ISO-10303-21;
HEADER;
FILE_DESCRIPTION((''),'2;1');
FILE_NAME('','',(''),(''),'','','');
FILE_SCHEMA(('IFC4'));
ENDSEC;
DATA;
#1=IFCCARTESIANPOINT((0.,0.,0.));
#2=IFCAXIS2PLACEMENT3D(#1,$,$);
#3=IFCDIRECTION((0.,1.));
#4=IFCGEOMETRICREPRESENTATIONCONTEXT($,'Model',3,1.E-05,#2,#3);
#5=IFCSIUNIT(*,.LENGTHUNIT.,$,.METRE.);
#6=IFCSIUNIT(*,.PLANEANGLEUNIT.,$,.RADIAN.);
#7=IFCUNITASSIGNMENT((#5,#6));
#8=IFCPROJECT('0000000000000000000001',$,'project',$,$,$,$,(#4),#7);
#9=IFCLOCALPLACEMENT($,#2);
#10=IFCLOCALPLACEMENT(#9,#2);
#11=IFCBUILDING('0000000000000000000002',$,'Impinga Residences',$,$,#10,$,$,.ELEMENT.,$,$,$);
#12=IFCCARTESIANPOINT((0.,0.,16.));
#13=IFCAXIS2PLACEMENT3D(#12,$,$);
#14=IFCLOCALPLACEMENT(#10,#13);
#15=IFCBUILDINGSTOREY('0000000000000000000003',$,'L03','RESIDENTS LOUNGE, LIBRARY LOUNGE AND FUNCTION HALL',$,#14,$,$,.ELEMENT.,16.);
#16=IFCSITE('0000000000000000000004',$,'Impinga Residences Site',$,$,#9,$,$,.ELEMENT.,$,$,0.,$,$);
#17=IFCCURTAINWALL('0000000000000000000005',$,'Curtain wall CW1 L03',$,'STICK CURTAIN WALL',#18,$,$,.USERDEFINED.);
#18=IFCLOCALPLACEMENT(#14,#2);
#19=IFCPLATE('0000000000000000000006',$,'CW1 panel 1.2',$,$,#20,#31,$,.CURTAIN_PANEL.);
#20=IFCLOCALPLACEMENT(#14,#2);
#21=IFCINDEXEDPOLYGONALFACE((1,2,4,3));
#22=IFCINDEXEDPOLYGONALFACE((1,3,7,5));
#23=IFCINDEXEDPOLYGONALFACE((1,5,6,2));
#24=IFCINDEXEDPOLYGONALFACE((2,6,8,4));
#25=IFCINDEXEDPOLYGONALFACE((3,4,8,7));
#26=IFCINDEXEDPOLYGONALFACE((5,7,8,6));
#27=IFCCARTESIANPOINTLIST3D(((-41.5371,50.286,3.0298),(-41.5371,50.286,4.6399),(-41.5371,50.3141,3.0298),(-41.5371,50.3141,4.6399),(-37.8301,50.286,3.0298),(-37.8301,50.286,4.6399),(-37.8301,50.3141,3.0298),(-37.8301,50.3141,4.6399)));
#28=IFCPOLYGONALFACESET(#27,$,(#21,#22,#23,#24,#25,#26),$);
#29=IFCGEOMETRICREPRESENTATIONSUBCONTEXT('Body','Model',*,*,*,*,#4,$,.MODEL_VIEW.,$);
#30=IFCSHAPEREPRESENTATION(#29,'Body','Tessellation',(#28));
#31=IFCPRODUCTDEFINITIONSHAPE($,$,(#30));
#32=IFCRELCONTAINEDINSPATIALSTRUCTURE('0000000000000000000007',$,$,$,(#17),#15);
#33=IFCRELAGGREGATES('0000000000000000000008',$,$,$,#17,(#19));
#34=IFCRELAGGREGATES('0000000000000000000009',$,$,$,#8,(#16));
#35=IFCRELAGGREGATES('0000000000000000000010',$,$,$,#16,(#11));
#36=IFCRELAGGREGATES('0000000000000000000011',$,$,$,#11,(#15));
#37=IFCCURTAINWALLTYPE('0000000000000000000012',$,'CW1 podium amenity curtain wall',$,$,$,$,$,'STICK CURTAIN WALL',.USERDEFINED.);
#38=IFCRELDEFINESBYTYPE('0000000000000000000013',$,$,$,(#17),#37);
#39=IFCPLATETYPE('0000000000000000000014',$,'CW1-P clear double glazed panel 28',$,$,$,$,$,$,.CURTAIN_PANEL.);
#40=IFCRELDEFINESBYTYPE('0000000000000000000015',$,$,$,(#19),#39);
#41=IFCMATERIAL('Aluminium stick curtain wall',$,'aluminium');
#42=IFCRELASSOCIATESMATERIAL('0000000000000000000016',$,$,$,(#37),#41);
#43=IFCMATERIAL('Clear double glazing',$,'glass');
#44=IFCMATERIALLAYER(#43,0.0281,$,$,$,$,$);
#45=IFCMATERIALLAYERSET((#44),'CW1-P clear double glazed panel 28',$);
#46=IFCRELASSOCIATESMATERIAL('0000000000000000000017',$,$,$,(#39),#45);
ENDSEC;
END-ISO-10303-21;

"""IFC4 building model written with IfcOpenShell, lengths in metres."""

from ifc_helpers import new_model, si_unit, direction, frame, origin, origin_2d, place, context, subcontext, project, spatial, rectangle, extrude, material, layer, layer_set, type_object, element, aggregate, save


model = new_model("IFC4")

# Units and contexts
model_context = context("Model", 3, precision=1e-05, world=origin(), true_north=direction((0.0, 1.0)))
body_context = subcontext(model_context, "Body", "Model", "MODEL_VIEW")
ifc_project = project(units=[si_unit("LENGTHUNIT", "METRE"), si_unit("PLANEANGLEUNIT", "RADIAN")], contexts=[model_context])

# Site, building, storey
site_placement = place(None, origin())
site = spatial("IfcSite", under=ifc_project, at=site_placement, Name="Impinga Residences Site", CompositionType="ELEMENT", RefElevation=0.0)
building_placement = place(site_placement, origin())
building = spatial("IfcBuilding", under=site, at=building_placement, Name="Impinga Residences", CompositionType="ELEMENT")
storey_placement = place(building_placement, frame((0.0, 0.0, 16.0)))
storey = spatial("IfcBuildingStorey", under=building, at=storey_placement, Name="L03", Description="RESIDENTS LOUNGE, LIBRARY LOUNGE AND FUNCTION HALL", CompositionType="ELEMENT", Elevation=16.0)

# Shared definitions
ifc_material_1 = material(Name="Aluminium stick curtain wall", Category="aluminium")
curtain_wall_type = type_object("IfcCurtainWallType", Name="CW1 podium amenity curtain wall", ElementType="STICK CURTAIN WALL", PredefinedType="USERDEFINED", material=ifc_material_1)

# Curtain wall
curtain_wall_1_placement = place(storey_placement, origin())
curtain_wall_1 = element("IfcCurtainWall", 1, at=curtain_wall_1_placement, inside=storey, type_object=curtain_wall_type, Name="Curtain wall CW1 L03", ObjectType="STICK CURTAIN WALL", PredefinedType="USERDEFINED")

# Plate
ifc_material_2 = material(Name="Clear double glazing", Category="glass")
ifc_layer = layer(ifc_material_2, 0.0281)
ifc_layer_set = layer_set([ifc_layer], Name="CW1-P clear double glazed panel 28")
plate_type = type_object("IfcPlateType", Name="CW1-P clear double glazed panel 28", PredefinedType="CURTAIN_PANEL", material=ifc_layer_set)
plate_1_placement = place(storey_placement, frame((-39.6836, 50.3, 3.0298), z_axis=(0.0, 0.0, 1.0), x_axis=(1.0, 0.0, 0.0)))
plate_1 = element("IfcPlate", 2, at=plate_1_placement, type_object=plate_type, Name="CW1 panel 1.2", PredefinedType="CURTAIN_PANEL", context=body_context, shape_type="SweptSolid", body=[
    extrude(rectangle(XDim=3.707, YDim=0.0281, at=origin_2d()), origin(), (0.0, 0.0, 1.0), 1.6101),
])
aggregate(curtain_wall_1, [plate_1])

save(model, "model.ifc")
